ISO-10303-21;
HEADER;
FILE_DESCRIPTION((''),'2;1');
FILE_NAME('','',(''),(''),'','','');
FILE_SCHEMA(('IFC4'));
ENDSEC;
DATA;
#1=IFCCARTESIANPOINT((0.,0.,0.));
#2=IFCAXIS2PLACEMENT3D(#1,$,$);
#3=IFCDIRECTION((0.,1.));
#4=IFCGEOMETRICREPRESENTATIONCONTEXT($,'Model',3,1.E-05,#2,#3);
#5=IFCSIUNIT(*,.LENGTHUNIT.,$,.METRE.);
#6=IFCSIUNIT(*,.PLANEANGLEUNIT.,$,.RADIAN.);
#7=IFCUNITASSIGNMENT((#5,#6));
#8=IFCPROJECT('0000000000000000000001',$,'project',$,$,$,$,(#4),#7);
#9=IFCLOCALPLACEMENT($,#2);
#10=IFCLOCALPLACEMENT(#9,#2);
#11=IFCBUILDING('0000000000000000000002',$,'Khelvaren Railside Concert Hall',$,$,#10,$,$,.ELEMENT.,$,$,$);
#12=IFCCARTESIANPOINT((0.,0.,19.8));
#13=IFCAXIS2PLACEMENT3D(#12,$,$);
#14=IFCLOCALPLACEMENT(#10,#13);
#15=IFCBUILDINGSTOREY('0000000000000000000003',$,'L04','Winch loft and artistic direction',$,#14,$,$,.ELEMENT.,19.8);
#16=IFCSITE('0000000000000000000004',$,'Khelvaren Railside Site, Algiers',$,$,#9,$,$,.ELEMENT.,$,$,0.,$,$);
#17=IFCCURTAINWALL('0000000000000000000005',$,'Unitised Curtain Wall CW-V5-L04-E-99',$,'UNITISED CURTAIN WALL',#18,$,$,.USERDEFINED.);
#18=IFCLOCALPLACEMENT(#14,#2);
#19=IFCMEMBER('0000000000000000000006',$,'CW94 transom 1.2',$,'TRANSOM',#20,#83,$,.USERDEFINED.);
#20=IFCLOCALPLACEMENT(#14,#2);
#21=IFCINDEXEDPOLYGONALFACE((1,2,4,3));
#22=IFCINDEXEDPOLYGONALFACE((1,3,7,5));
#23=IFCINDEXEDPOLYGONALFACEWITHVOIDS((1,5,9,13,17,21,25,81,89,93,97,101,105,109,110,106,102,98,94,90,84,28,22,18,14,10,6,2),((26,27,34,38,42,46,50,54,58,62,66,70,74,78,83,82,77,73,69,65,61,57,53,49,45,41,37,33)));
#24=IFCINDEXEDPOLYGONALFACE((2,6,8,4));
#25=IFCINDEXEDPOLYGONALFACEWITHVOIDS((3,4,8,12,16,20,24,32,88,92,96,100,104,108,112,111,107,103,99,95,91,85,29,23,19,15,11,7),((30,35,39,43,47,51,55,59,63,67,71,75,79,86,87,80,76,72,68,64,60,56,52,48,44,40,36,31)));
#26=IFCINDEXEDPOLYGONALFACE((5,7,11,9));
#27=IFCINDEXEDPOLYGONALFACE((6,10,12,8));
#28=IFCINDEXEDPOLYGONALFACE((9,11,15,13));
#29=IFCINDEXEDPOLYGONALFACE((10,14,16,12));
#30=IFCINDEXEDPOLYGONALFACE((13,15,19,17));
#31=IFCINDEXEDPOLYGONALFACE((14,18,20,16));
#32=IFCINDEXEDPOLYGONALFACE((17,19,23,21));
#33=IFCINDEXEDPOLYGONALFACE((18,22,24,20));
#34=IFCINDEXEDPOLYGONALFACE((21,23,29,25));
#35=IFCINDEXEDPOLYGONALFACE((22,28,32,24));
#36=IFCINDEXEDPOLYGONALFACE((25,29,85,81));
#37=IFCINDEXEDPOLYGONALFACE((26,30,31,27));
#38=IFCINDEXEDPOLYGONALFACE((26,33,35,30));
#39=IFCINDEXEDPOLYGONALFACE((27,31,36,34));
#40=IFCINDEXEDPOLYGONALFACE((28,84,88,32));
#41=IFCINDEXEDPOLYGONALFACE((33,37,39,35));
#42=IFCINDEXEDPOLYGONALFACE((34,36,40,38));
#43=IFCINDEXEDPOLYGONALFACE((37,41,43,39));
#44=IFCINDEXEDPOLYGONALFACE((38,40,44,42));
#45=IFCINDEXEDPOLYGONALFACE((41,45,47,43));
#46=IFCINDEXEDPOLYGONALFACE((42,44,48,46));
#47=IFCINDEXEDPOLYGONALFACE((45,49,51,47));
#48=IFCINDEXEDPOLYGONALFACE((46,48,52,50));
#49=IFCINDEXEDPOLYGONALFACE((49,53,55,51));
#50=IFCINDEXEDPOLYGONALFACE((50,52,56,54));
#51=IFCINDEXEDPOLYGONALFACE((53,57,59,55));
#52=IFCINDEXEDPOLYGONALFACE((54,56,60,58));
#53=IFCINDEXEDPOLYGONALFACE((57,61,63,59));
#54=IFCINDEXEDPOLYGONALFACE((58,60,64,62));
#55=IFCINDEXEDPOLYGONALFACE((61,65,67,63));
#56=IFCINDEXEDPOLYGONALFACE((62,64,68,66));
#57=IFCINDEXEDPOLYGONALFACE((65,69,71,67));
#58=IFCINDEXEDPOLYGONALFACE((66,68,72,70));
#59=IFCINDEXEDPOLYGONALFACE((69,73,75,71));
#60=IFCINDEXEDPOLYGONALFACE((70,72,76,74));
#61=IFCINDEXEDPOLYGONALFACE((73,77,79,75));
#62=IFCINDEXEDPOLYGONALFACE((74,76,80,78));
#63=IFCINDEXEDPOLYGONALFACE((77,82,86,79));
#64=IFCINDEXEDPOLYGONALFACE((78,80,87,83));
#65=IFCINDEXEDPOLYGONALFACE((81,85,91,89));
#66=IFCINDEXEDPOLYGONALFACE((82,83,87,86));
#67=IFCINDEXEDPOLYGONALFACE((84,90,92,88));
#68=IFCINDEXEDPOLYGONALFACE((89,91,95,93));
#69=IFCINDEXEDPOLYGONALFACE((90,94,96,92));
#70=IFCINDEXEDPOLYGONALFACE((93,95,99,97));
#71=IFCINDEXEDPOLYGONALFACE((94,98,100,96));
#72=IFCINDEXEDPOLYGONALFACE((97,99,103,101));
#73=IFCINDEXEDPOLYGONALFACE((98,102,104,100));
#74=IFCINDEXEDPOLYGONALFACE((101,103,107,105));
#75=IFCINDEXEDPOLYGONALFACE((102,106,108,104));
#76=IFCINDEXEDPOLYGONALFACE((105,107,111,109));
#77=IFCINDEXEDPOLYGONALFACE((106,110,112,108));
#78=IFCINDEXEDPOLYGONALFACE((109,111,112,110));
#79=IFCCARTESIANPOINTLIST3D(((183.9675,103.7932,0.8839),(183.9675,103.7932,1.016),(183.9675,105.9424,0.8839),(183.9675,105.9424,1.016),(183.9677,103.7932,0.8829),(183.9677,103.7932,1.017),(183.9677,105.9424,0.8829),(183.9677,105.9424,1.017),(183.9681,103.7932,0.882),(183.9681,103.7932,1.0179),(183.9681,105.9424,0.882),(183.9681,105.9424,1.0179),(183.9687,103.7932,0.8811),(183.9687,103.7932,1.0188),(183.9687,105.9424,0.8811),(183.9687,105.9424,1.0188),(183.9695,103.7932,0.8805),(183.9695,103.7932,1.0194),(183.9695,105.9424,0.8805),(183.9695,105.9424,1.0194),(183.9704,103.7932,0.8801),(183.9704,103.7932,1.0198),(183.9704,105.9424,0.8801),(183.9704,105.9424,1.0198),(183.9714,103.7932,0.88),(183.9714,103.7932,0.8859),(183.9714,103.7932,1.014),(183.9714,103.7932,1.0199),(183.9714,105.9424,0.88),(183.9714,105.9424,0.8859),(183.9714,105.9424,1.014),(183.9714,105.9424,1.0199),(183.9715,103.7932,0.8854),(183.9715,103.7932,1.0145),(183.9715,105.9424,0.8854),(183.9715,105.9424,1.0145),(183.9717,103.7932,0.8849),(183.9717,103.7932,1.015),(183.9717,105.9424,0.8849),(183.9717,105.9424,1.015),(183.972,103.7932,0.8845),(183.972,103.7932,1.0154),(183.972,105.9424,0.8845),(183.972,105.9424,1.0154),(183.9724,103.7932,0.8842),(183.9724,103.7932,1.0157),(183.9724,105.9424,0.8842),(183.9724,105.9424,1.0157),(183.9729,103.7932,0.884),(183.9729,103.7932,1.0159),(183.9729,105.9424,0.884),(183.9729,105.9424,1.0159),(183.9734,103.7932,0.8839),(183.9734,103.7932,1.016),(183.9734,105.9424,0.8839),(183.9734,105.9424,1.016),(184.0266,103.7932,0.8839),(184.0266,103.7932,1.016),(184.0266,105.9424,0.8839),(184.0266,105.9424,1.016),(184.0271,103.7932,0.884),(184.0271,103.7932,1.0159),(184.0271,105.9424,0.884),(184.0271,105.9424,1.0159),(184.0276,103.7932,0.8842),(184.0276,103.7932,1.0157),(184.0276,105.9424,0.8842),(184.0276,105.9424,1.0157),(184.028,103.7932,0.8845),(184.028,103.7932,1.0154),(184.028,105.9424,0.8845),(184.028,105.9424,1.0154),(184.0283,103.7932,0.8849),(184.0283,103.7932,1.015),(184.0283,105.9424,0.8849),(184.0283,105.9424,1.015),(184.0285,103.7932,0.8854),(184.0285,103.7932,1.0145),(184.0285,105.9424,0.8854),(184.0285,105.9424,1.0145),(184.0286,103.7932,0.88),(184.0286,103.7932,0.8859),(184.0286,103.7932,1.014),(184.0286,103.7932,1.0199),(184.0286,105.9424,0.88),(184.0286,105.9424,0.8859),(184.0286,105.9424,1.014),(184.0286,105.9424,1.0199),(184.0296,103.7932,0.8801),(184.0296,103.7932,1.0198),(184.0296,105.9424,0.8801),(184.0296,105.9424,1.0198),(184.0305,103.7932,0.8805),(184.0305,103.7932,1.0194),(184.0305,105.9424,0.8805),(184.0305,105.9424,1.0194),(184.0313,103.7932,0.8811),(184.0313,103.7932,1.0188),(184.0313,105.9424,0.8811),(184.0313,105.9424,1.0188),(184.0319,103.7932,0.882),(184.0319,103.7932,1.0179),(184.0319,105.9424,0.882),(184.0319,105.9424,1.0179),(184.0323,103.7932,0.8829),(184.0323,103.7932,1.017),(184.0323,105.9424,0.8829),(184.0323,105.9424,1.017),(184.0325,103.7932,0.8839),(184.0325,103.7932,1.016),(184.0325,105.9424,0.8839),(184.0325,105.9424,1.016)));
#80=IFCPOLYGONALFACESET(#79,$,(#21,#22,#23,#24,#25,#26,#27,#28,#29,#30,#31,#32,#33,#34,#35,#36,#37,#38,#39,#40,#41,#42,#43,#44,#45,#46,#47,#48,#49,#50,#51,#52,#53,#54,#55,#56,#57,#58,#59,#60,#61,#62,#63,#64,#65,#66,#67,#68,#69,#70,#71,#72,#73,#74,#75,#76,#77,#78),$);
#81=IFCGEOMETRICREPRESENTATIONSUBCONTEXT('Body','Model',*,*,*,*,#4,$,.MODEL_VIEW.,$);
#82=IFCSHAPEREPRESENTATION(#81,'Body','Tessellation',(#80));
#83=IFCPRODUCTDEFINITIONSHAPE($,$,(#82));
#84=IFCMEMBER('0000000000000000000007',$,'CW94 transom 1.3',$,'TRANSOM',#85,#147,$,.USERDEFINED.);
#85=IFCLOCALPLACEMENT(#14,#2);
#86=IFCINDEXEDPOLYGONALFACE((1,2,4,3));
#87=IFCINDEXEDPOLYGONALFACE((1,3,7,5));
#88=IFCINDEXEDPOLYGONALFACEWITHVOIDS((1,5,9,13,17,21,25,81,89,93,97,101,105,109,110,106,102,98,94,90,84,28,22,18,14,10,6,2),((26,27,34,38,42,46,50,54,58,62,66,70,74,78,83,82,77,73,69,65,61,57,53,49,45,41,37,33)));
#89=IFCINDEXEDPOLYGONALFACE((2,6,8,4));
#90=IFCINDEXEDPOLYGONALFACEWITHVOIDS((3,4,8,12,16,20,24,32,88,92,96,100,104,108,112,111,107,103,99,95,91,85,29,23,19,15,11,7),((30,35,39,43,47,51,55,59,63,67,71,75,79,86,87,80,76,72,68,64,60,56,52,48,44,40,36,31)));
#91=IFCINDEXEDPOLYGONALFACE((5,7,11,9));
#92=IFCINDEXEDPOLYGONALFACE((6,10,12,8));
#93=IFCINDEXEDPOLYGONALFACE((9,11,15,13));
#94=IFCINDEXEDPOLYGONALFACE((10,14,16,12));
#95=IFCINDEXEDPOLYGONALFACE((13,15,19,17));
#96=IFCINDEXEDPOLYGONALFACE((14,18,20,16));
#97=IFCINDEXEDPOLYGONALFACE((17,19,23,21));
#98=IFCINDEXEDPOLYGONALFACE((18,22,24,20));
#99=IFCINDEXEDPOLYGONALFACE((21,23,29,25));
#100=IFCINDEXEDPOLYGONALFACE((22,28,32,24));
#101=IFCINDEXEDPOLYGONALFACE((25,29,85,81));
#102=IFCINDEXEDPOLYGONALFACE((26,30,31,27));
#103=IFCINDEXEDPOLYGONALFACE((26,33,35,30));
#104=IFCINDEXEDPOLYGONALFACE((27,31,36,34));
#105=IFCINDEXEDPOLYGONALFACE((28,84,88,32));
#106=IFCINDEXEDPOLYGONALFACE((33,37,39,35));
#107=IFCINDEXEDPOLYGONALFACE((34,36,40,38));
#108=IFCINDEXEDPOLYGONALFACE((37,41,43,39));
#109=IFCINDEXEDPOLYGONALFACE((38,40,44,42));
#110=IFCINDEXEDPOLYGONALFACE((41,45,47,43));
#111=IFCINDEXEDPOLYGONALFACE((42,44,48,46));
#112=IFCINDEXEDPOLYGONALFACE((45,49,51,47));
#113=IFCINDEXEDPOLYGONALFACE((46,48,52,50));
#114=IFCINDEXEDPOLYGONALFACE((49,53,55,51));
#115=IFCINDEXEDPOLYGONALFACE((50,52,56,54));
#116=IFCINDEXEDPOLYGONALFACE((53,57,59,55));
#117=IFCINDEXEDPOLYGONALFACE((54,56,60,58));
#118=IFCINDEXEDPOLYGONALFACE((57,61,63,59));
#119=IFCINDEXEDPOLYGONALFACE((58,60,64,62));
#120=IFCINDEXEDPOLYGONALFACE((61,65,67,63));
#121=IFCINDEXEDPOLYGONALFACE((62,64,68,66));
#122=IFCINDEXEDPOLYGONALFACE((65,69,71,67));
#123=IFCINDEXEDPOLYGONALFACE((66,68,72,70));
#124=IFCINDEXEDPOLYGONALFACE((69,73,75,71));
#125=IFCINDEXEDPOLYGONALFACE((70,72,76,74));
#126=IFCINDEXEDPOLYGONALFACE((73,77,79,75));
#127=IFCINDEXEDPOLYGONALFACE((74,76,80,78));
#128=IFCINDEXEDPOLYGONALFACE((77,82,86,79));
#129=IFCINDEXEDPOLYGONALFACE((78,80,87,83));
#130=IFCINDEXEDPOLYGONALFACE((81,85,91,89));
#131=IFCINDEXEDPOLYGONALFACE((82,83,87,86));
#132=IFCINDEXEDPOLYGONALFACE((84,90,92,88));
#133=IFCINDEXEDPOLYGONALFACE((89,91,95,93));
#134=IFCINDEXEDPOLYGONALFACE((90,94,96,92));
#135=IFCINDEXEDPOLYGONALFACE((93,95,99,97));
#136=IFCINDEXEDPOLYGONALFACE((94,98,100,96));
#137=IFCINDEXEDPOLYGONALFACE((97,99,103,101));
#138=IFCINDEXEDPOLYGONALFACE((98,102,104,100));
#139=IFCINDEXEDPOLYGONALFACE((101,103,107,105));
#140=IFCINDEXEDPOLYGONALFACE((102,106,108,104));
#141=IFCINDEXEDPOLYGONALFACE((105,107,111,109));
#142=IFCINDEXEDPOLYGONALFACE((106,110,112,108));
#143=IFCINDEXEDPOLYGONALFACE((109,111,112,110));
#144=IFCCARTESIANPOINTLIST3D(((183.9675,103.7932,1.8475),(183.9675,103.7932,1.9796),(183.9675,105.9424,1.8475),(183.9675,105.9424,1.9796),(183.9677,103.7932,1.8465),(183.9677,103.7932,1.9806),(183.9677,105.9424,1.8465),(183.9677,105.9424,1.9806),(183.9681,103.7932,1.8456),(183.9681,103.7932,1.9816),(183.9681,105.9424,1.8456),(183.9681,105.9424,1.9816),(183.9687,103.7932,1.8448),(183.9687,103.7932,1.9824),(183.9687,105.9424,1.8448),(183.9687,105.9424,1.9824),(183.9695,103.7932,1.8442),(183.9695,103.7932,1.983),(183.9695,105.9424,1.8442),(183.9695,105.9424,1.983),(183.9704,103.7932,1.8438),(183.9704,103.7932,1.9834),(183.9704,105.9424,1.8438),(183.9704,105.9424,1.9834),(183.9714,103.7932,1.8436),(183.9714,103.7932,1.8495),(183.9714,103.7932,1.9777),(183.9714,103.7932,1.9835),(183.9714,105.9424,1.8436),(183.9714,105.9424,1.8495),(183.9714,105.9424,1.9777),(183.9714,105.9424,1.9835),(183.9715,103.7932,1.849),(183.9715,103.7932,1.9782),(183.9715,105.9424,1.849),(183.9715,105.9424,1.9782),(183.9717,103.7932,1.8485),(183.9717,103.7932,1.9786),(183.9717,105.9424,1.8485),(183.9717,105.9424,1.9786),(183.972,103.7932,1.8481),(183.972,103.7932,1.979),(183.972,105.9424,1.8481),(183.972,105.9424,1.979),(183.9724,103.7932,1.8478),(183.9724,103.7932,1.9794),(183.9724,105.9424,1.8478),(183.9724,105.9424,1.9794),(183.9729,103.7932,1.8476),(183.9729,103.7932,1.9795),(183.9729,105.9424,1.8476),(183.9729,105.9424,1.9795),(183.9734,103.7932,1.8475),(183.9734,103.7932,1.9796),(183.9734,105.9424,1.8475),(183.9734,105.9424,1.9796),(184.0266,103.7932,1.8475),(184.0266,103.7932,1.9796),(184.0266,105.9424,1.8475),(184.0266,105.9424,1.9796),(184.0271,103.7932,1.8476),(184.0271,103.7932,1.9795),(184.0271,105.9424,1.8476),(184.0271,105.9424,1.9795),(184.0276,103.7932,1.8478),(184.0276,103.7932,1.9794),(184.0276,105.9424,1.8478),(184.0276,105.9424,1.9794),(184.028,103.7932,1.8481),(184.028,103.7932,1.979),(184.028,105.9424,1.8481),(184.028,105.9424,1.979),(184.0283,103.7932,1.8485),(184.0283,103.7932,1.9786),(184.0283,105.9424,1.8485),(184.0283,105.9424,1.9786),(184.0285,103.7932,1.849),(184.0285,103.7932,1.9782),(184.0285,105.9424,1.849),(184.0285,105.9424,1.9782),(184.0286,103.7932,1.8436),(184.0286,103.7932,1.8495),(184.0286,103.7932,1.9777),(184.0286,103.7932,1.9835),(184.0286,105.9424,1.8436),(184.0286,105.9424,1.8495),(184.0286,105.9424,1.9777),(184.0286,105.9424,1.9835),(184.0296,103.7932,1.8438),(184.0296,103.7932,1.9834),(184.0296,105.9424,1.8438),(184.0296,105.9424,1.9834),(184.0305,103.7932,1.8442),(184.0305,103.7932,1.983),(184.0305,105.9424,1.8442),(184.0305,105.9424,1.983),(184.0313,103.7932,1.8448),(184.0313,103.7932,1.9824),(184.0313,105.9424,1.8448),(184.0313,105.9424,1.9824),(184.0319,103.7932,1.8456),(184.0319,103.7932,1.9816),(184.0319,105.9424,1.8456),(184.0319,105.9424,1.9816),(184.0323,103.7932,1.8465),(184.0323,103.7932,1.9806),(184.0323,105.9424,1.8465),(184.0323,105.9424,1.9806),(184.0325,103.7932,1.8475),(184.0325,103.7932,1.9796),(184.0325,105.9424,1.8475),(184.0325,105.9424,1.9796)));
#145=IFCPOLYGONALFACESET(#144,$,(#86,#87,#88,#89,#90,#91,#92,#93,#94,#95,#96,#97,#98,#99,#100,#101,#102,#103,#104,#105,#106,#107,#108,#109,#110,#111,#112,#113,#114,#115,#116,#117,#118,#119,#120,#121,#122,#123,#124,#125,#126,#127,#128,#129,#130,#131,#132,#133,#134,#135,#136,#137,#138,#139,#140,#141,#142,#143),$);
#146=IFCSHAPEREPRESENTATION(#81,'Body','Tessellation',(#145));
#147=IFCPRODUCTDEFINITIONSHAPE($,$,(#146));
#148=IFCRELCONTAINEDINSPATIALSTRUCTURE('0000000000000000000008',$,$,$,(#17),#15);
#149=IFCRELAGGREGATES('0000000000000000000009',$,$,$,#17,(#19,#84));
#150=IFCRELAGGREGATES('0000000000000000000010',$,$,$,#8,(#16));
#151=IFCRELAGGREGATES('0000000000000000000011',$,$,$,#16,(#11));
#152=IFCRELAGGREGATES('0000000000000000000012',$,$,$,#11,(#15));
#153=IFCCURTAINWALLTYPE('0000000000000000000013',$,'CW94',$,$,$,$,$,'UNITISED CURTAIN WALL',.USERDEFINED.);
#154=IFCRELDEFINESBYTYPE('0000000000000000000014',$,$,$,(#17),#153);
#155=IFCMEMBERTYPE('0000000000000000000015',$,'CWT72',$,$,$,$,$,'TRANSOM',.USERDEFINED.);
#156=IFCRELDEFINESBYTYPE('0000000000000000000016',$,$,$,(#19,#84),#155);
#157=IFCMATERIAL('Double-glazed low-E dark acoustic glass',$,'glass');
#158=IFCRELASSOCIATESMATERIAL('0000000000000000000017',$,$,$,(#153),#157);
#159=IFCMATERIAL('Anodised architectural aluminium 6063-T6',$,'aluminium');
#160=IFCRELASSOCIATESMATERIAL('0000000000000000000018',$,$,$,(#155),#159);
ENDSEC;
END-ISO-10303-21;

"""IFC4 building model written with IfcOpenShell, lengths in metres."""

from ifc_helpers import new_model, si_unit, direction, frame, origin, origin_2d, place, context, subcontext, project, spatial, hollow_rectangle, extrude, material, material_profile, profile_set, type_object, element, aggregate, save


model = new_model("IFC4")

# Units and contexts
model_context = context("Model", 3, precision=1e-05, world=origin(), true_north=direction((0.0, 1.0)))
body_context = subcontext(model_context, "Body", "Model", "MODEL_VIEW")
ifc_project = project(units=[si_unit("LENGTHUNIT", "METRE"), si_unit("PLANEANGLEUNIT", "RADIAN")], contexts=[model_context])

# Site, building, storey
site_placement = place(None, origin())
site = spatial("IfcSite", under=ifc_project, at=site_placement, Name="Khelvaren Railside Site, Algiers", CompositionType="ELEMENT", RefElevation=0.0)
building_placement = place(site_placement, origin())
building = spatial("IfcBuilding", under=site, at=building_placement, Name="Khelvaren Railside Concert Hall", CompositionType="ELEMENT")
storey_placement = place(building_placement, frame((0.0, 0.0, 19.8)))
storey = spatial("IfcBuildingStorey", under=building, at=storey_placement, Name="L04", Description="Winch loft and artistic direction", CompositionType="ELEMENT", Elevation=19.8)

# Curtain wall, members
ifc_material_1 = material(Name="Anodised architectural aluminium 6063-T6", Category="aluminium")
ifc_material_2 = material(Name="Double-glazed low-E dark acoustic glass", Category="glass")
curtain_wall_type_1 = type_object("IfcCurtainWallType", Name="CW94", ElementType="UNITISED CURTAIN WALL", PredefinedType="USERDEFINED", material=ifc_material_2)
curtain_wall_1_placement = place(storey_placement, origin())
curtain_wall_1 = element("IfcCurtainWall", 1, at=curtain_wall_1_placement, inside=storey, type_object=curtain_wall_type_1, Name="Unitised Curtain Wall CW-V5-L04-E-99", ObjectType="UNITISED CURTAIN WALL", PredefinedType="USERDEFINED")
ifc_material_profile_1 = material_profile(ifc_material_1, hollow_rectangle(XDim=0.0649, YDim=0.1399, WallThickness=0.0039, InnerFilletRadius=0.002, OuterFilletRadius=0.0039, at=origin_2d()), Name="CWT 65x140x4")
ifc_profile_set_1 = profile_set([ifc_material_profile_1], Name="Anodised architectural aluminium 6063-T6")
member_type_1 = type_object("IfcMemberType", Name="CWT72", ElementType="TRANSOM", PredefinedType="USERDEFINED", material=ifc_profile_set_1)
member_1_placement = place(storey_placement, frame((184.0, 105.9424, 0.95), z_axis=(0.0, -1.0, 0.0), x_axis=(1.0, 0.0, 0.0)))
member_1 = element("IfcMember", 2, at=member_1_placement, type_object=member_type_1, Name="CW94 transom 1.2", ObjectType="TRANSOM", PredefinedType="USERDEFINED", context=body_context, shape_type="SweptSolid", body=[
    extrude(hollow_rectangle(XDim=0.0649, YDim=0.1399, WallThickness=0.0039, InnerFilletRadius=0.002, OuterFilletRadius=0.0039, at=origin_2d()), origin(), (0.0, 0.0, 1.0), 2.1492),
])
member_2_placement = place(storey_placement, frame((184.0, 105.9424, 1.9136), z_axis=(0.0, -1.0, 0.0), x_axis=(1.0, 0.0, 0.0)))
member_2 = element("IfcMember", 3, at=member_2_placement, type_object=member_type_1, Name="CW94 transom 1.3", ObjectType="TRANSOM", PredefinedType="USERDEFINED", context=body_context, shape_type="SweptSolid", body=[
    extrude(hollow_rectangle(XDim=0.0649, YDim=0.1399, WallThickness=0.0039, InnerFilletRadius=0.002, OuterFilletRadius=0.0039, at=origin_2d()), origin(), (0.0, 0.0, 1.0), 2.1492),
])

aggregate(curtain_wall_1, [member_1, member_2])

save(model, "model.ifc")
